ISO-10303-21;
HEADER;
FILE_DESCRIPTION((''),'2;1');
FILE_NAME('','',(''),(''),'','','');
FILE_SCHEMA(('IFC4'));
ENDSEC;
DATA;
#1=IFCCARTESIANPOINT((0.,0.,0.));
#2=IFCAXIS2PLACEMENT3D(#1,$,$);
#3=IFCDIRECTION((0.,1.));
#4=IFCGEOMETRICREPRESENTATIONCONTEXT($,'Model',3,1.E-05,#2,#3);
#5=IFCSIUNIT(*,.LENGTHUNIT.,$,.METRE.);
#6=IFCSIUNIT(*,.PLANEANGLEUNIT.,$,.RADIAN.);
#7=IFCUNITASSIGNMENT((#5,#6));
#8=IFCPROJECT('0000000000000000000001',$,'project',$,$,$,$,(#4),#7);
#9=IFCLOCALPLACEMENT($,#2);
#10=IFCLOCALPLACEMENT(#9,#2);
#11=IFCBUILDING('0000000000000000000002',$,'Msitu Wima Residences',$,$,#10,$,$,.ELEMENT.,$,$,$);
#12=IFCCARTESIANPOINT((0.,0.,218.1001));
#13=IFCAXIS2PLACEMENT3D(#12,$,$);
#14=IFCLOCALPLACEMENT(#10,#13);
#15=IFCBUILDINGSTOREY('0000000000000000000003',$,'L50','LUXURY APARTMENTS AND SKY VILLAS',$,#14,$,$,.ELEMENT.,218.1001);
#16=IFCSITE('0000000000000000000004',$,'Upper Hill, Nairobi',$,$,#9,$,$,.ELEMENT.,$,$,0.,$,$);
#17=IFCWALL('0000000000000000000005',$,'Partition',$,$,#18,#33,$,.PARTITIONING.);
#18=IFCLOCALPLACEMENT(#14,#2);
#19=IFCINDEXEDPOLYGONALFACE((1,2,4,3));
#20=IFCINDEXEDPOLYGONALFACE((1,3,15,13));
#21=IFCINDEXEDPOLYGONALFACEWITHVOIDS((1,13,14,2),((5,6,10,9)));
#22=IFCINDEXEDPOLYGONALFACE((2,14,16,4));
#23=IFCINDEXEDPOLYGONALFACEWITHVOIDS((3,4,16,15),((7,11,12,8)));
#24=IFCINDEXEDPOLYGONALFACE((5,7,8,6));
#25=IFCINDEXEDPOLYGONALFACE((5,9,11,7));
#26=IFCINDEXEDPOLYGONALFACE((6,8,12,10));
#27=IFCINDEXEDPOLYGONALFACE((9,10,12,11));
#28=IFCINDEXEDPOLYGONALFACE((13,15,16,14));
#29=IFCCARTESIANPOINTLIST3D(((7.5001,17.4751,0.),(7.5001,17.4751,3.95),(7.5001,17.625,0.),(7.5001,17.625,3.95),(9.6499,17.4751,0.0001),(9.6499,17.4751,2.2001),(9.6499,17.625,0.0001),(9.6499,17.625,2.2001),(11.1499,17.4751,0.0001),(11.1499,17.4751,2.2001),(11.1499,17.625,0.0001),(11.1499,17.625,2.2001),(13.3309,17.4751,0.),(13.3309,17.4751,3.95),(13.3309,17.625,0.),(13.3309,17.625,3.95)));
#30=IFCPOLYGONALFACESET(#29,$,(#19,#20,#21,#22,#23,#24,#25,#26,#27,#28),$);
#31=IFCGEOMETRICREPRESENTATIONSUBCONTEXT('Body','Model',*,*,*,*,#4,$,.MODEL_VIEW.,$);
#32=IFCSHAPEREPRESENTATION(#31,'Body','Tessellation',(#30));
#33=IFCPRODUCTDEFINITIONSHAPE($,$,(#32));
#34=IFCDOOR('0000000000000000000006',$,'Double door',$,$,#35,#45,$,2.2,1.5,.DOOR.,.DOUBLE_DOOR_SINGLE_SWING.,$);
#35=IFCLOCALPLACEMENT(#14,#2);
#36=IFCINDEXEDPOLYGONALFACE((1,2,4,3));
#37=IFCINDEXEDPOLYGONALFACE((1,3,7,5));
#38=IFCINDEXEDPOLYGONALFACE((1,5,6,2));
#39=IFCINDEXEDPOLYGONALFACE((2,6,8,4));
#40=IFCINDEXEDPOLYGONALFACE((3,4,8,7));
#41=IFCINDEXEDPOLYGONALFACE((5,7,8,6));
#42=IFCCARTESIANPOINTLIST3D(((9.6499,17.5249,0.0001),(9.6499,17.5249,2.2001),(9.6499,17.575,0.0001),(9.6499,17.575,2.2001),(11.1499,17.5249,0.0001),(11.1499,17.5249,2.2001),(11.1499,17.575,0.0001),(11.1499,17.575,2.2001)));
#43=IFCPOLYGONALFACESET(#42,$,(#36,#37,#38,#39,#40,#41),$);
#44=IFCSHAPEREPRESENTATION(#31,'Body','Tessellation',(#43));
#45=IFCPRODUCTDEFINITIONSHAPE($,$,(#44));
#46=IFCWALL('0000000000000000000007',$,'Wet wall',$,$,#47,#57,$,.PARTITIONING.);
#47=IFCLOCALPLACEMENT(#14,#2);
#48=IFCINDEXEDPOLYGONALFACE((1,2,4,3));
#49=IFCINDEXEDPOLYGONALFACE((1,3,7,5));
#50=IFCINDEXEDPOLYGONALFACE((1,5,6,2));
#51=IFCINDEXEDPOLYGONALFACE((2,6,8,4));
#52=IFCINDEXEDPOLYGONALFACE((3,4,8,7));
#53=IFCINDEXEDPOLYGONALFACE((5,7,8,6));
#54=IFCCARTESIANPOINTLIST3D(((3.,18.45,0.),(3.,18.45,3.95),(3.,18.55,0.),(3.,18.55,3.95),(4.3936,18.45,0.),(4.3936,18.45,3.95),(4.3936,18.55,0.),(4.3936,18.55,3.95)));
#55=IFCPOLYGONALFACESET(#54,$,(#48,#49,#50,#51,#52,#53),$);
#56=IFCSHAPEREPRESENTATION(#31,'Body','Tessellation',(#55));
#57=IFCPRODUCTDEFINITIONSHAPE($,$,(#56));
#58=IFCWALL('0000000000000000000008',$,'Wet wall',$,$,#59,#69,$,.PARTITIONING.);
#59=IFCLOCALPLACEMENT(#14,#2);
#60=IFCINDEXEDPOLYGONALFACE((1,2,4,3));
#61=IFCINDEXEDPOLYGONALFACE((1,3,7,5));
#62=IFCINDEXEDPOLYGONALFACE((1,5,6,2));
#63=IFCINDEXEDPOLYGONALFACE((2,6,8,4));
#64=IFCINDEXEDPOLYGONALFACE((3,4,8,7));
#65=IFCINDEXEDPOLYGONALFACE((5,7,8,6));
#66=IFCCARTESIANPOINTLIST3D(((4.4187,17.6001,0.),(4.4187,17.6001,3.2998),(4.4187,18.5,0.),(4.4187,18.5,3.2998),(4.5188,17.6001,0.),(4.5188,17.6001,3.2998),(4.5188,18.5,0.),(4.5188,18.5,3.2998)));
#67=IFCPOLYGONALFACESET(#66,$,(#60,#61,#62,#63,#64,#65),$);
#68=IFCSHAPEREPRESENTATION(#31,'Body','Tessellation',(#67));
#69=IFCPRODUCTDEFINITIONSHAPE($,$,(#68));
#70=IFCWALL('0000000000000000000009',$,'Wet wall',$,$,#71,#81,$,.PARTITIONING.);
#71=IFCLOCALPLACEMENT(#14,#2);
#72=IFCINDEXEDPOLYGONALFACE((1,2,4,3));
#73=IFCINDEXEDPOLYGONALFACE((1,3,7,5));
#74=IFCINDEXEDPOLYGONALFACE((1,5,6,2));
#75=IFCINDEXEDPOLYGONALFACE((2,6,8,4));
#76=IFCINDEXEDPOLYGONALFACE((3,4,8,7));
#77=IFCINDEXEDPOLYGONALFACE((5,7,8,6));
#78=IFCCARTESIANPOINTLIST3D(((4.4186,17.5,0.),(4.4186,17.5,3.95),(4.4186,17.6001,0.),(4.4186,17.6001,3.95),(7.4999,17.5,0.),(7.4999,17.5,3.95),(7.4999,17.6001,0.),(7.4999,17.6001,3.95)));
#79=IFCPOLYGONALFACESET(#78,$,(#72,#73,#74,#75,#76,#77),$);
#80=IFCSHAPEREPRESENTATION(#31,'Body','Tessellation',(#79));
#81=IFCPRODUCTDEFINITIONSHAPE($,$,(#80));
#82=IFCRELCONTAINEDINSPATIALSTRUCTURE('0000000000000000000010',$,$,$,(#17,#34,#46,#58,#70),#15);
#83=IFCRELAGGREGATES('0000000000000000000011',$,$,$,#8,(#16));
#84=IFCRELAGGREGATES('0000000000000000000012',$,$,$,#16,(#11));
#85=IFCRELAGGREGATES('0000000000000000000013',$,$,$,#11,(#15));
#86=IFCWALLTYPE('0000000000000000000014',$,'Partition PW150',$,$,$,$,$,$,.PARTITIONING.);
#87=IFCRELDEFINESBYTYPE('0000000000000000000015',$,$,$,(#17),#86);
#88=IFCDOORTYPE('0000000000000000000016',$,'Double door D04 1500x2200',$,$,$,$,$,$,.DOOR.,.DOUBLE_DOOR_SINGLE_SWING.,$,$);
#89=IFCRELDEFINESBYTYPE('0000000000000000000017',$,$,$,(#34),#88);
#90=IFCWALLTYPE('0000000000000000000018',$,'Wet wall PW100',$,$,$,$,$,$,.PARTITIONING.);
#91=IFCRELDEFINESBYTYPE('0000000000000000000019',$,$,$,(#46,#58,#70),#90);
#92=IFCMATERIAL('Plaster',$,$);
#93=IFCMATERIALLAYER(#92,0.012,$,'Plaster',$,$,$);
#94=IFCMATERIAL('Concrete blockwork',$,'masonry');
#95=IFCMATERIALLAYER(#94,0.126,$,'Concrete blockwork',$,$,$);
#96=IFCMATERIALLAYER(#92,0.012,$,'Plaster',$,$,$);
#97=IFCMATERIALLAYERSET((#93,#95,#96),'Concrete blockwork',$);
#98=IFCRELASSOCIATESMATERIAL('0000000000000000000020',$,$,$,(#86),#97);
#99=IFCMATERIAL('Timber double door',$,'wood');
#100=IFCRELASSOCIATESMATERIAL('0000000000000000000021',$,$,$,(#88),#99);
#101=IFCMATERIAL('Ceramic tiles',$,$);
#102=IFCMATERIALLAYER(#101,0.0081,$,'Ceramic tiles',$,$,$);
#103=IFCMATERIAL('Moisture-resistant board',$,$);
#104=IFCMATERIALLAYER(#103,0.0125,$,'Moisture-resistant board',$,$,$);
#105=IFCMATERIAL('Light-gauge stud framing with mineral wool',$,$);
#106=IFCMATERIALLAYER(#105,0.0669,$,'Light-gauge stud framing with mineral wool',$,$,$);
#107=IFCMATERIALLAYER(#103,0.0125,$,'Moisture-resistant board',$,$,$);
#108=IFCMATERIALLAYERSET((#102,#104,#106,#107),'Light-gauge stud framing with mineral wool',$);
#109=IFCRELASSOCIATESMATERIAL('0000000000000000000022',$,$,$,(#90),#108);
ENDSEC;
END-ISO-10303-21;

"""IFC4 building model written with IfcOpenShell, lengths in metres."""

from ifc_helpers import new_model, si_unit, direction, frame, frame_2d, origin, place, context, subcontext, project, spatial, rectangle, extrude, material, layer, layer_set, type_object, element, fill, save


model = new_model("IFC4")

# Units and contexts
model_context = context("Model", 3, precision=1e-05, world=origin(), true_north=direction((0.0, 1.0)))
body_context = subcontext(model_context, "Body", "Model", "MODEL_VIEW")
ifc_project = project(units=[si_unit("LENGTHUNIT", "METRE"), si_unit("PLANEANGLEUNIT", "RADIAN")], contexts=[model_context])

# Site, building, storey
site_placement = place(None, origin())
site = spatial("IfcSite", under=ifc_project, at=site_placement, Name="Upper Hill, Nairobi", CompositionType="ELEMENT", RefElevation=0.0)
building_placement = place(site_placement, origin())
building = spatial("IfcBuilding", under=site, at=building_placement, Name="Msitu Wima Residences", CompositionType="ELEMENT")
storey_placement = place(building_placement, frame((0.0, 0.0, 218.1001)))
storey = spatial("IfcBuildingStorey", under=building, at=storey_placement, Name="L50", Description="LUXURY APARTMENTS AND SKY VILLAS", CompositionType="ELEMENT", Elevation=218.1001)

# Shared definitions
ifc_material_1 = material(Name="Plaster")
ifc_layer_1 = layer(ifc_material_1, 0.012, Name="Plaster")
ifc_material_2 = material(Name="Concrete blockwork", Category="masonry")
ifc_layer_2 = layer(ifc_material_2, 0.126, Name="Concrete blockwork")
ifc_layer_3 = layer(ifc_material_1, 0.012, Name="Plaster")
ifc_layer_set_1 = layer_set([ifc_layer_1, ifc_layer_2, ifc_layer_3], Name="Concrete blockwork")
wall_type_1 = type_object("IfcWallType", Name="Partition PW150", PredefinedType="PARTITIONING", material=ifc_layer_set_1)

# Wall, opening, door
ifc_material_3 = material(Name="Timber double door", Category="wood")
door_type_1 = type_object("IfcDoorType", Name="Double door D04 1500x2200", OperationType="DOUBLE_DOOR_SINGLE_SWING", PredefinedType="DOOR", material=ifc_material_3)
wall_1_placement = place(storey_placement, frame((7.5, 17.55, 0.0), z_axis=(0.0, 0.0, 1.0), x_axis=(1.0, 0.0, 0.0)))
wall_1 = element("IfcWall", 1, at=wall_1_placement, inside=storey, type_object=wall_type_1, Name="Partition", PredefinedType="PARTITIONING", context=body_context, shape_type="SweptSolid", body=[
    extrude(rectangle(XDim=5.8308, YDim=0.1499, at=frame_2d((2.9155, 0.0))), origin(), (0.0, 0.0, 1.0), 3.95),
])
opening_1_placement = place(wall_1_placement, frame((2.1499, 0.0, 0.0)))
opening_1 = element("IfcOpeningElement", 2, at=opening_1_placement, cuts=wall_1, PredefinedType="OPENING", context=body_context, shape_type="SweptSolid", body=[
    extrude(rectangle(XDim=1.5, YDim=2.2, at=frame_2d((0.75, 1.1001))), frame((0.0, 0.085, 0.0), z_axis=(0.0, -1.0, 0.0), x_axis=(1.0, 0.0, 0.0)), (0.0, 0.0, 1.0), 0.1699),
])
door_1_placement = place(opening_1_placement, origin())
door_1 = element("IfcDoor", 3, at=door_1_placement, inside=storey, type_object=door_type_1, Name="Double door", OperationType="DOUBLE_DOOR_SINGLE_SWING", OverallHeight=2.2, OverallWidth=1.5, PredefinedType="DOOR", context=body_context, shape_type="SweptSolid", body=[
    extrude(rectangle(XDim=1.5, YDim=2.2, at=frame_2d((0.75, 1.1001))), frame((0.0, 0.0249, 0.0), z_axis=(0.0, -1.0, 0.0), x_axis=(1.0, 0.0, 0.0)), (0.0, 0.0, 1.0), 0.05),
])
fill(opening_1, door_1)

# Walls
ifc_material_4 = material(Name="Ceramic tiles")
ifc_layer_4 = layer(ifc_material_4, 0.0081, Name="Ceramic tiles")
ifc_material_5 = material(Name="Moisture-resistant board")
ifc_layer_5 = layer(ifc_material_5, 0.0125, Name="Moisture-resistant board")
ifc_material_6 = material(Name="Light-gauge stud framing with mineral wool")
ifc_layer_6 = layer(ifc_material_6, 0.0669, Name="Light-gauge stud framing with mineral wool")
ifc_layer_7 = layer(ifc_material_5, 0.0125, Name="Moisture-resistant board")
ifc_layer_set_2 = layer_set([ifc_layer_4, ifc_layer_5, ifc_layer_6, ifc_layer_7], Name="Light-gauge stud framing with mineral wool")
wall_type_2 = type_object("IfcWallType", Name="Wet wall PW100", PredefinedType="PARTITIONING", material=ifc_layer_set_2)
wall_2_placement = place(storey_placement, frame((3.0, 18.5, 0.0), z_axis=(0.0, 0.0, 1.0), x_axis=(1.0, 0.0, 0.0)))
element("IfcWall", 4, at=wall_2_placement, inside=storey, type_object=wall_type_2, Name="Wet wall", PredefinedType="PARTITIONING", context=body_context, shape_type="SweptSolid", body=[
    extrude(rectangle(XDim=1.3936, YDim=0.1001, at=frame_2d((0.6968, 0.0))), origin(), (0.0, 0.0, 1.0), 3.95),
])
wall_3_placement = place(storey_placement, frame((4.4688, 17.6001, 0.0), z_axis=(0.0, 0.0, 1.0), x_axis=(0.0, 1.0, 0.0)))
element("IfcWall", 5, at=wall_3_placement, inside=storey, type_object=wall_type_2, Name="Wet wall", PredefinedType="PARTITIONING", context=body_context, shape_type="SweptSolid", body=[
    extrude(rectangle(XDim=0.8999, YDim=0.1001, at=frame_2d((0.45, 0.0))), origin(), (0.0, 0.0, 1.0), 3.2998),
])
wall_4_placement = place(storey_placement, frame((4.4187, 17.55, 0.0), z_axis=(0.0, 0.0, 1.0), x_axis=(1.0, 0.0, 0.0)))
element("IfcWall", 6, at=wall_4_placement, inside=storey, type_object=wall_type_2, Name="Wet wall", PredefinedType="PARTITIONING", context=body_context, shape_type="SweptSolid", body=[
    extrude(rectangle(XDim=3.0813, YDim=0.1001, at=frame_2d((1.5405, 0.0))), origin(), (0.0, 0.0, 1.0), 3.95),
])

save(model, "model.ifc")
